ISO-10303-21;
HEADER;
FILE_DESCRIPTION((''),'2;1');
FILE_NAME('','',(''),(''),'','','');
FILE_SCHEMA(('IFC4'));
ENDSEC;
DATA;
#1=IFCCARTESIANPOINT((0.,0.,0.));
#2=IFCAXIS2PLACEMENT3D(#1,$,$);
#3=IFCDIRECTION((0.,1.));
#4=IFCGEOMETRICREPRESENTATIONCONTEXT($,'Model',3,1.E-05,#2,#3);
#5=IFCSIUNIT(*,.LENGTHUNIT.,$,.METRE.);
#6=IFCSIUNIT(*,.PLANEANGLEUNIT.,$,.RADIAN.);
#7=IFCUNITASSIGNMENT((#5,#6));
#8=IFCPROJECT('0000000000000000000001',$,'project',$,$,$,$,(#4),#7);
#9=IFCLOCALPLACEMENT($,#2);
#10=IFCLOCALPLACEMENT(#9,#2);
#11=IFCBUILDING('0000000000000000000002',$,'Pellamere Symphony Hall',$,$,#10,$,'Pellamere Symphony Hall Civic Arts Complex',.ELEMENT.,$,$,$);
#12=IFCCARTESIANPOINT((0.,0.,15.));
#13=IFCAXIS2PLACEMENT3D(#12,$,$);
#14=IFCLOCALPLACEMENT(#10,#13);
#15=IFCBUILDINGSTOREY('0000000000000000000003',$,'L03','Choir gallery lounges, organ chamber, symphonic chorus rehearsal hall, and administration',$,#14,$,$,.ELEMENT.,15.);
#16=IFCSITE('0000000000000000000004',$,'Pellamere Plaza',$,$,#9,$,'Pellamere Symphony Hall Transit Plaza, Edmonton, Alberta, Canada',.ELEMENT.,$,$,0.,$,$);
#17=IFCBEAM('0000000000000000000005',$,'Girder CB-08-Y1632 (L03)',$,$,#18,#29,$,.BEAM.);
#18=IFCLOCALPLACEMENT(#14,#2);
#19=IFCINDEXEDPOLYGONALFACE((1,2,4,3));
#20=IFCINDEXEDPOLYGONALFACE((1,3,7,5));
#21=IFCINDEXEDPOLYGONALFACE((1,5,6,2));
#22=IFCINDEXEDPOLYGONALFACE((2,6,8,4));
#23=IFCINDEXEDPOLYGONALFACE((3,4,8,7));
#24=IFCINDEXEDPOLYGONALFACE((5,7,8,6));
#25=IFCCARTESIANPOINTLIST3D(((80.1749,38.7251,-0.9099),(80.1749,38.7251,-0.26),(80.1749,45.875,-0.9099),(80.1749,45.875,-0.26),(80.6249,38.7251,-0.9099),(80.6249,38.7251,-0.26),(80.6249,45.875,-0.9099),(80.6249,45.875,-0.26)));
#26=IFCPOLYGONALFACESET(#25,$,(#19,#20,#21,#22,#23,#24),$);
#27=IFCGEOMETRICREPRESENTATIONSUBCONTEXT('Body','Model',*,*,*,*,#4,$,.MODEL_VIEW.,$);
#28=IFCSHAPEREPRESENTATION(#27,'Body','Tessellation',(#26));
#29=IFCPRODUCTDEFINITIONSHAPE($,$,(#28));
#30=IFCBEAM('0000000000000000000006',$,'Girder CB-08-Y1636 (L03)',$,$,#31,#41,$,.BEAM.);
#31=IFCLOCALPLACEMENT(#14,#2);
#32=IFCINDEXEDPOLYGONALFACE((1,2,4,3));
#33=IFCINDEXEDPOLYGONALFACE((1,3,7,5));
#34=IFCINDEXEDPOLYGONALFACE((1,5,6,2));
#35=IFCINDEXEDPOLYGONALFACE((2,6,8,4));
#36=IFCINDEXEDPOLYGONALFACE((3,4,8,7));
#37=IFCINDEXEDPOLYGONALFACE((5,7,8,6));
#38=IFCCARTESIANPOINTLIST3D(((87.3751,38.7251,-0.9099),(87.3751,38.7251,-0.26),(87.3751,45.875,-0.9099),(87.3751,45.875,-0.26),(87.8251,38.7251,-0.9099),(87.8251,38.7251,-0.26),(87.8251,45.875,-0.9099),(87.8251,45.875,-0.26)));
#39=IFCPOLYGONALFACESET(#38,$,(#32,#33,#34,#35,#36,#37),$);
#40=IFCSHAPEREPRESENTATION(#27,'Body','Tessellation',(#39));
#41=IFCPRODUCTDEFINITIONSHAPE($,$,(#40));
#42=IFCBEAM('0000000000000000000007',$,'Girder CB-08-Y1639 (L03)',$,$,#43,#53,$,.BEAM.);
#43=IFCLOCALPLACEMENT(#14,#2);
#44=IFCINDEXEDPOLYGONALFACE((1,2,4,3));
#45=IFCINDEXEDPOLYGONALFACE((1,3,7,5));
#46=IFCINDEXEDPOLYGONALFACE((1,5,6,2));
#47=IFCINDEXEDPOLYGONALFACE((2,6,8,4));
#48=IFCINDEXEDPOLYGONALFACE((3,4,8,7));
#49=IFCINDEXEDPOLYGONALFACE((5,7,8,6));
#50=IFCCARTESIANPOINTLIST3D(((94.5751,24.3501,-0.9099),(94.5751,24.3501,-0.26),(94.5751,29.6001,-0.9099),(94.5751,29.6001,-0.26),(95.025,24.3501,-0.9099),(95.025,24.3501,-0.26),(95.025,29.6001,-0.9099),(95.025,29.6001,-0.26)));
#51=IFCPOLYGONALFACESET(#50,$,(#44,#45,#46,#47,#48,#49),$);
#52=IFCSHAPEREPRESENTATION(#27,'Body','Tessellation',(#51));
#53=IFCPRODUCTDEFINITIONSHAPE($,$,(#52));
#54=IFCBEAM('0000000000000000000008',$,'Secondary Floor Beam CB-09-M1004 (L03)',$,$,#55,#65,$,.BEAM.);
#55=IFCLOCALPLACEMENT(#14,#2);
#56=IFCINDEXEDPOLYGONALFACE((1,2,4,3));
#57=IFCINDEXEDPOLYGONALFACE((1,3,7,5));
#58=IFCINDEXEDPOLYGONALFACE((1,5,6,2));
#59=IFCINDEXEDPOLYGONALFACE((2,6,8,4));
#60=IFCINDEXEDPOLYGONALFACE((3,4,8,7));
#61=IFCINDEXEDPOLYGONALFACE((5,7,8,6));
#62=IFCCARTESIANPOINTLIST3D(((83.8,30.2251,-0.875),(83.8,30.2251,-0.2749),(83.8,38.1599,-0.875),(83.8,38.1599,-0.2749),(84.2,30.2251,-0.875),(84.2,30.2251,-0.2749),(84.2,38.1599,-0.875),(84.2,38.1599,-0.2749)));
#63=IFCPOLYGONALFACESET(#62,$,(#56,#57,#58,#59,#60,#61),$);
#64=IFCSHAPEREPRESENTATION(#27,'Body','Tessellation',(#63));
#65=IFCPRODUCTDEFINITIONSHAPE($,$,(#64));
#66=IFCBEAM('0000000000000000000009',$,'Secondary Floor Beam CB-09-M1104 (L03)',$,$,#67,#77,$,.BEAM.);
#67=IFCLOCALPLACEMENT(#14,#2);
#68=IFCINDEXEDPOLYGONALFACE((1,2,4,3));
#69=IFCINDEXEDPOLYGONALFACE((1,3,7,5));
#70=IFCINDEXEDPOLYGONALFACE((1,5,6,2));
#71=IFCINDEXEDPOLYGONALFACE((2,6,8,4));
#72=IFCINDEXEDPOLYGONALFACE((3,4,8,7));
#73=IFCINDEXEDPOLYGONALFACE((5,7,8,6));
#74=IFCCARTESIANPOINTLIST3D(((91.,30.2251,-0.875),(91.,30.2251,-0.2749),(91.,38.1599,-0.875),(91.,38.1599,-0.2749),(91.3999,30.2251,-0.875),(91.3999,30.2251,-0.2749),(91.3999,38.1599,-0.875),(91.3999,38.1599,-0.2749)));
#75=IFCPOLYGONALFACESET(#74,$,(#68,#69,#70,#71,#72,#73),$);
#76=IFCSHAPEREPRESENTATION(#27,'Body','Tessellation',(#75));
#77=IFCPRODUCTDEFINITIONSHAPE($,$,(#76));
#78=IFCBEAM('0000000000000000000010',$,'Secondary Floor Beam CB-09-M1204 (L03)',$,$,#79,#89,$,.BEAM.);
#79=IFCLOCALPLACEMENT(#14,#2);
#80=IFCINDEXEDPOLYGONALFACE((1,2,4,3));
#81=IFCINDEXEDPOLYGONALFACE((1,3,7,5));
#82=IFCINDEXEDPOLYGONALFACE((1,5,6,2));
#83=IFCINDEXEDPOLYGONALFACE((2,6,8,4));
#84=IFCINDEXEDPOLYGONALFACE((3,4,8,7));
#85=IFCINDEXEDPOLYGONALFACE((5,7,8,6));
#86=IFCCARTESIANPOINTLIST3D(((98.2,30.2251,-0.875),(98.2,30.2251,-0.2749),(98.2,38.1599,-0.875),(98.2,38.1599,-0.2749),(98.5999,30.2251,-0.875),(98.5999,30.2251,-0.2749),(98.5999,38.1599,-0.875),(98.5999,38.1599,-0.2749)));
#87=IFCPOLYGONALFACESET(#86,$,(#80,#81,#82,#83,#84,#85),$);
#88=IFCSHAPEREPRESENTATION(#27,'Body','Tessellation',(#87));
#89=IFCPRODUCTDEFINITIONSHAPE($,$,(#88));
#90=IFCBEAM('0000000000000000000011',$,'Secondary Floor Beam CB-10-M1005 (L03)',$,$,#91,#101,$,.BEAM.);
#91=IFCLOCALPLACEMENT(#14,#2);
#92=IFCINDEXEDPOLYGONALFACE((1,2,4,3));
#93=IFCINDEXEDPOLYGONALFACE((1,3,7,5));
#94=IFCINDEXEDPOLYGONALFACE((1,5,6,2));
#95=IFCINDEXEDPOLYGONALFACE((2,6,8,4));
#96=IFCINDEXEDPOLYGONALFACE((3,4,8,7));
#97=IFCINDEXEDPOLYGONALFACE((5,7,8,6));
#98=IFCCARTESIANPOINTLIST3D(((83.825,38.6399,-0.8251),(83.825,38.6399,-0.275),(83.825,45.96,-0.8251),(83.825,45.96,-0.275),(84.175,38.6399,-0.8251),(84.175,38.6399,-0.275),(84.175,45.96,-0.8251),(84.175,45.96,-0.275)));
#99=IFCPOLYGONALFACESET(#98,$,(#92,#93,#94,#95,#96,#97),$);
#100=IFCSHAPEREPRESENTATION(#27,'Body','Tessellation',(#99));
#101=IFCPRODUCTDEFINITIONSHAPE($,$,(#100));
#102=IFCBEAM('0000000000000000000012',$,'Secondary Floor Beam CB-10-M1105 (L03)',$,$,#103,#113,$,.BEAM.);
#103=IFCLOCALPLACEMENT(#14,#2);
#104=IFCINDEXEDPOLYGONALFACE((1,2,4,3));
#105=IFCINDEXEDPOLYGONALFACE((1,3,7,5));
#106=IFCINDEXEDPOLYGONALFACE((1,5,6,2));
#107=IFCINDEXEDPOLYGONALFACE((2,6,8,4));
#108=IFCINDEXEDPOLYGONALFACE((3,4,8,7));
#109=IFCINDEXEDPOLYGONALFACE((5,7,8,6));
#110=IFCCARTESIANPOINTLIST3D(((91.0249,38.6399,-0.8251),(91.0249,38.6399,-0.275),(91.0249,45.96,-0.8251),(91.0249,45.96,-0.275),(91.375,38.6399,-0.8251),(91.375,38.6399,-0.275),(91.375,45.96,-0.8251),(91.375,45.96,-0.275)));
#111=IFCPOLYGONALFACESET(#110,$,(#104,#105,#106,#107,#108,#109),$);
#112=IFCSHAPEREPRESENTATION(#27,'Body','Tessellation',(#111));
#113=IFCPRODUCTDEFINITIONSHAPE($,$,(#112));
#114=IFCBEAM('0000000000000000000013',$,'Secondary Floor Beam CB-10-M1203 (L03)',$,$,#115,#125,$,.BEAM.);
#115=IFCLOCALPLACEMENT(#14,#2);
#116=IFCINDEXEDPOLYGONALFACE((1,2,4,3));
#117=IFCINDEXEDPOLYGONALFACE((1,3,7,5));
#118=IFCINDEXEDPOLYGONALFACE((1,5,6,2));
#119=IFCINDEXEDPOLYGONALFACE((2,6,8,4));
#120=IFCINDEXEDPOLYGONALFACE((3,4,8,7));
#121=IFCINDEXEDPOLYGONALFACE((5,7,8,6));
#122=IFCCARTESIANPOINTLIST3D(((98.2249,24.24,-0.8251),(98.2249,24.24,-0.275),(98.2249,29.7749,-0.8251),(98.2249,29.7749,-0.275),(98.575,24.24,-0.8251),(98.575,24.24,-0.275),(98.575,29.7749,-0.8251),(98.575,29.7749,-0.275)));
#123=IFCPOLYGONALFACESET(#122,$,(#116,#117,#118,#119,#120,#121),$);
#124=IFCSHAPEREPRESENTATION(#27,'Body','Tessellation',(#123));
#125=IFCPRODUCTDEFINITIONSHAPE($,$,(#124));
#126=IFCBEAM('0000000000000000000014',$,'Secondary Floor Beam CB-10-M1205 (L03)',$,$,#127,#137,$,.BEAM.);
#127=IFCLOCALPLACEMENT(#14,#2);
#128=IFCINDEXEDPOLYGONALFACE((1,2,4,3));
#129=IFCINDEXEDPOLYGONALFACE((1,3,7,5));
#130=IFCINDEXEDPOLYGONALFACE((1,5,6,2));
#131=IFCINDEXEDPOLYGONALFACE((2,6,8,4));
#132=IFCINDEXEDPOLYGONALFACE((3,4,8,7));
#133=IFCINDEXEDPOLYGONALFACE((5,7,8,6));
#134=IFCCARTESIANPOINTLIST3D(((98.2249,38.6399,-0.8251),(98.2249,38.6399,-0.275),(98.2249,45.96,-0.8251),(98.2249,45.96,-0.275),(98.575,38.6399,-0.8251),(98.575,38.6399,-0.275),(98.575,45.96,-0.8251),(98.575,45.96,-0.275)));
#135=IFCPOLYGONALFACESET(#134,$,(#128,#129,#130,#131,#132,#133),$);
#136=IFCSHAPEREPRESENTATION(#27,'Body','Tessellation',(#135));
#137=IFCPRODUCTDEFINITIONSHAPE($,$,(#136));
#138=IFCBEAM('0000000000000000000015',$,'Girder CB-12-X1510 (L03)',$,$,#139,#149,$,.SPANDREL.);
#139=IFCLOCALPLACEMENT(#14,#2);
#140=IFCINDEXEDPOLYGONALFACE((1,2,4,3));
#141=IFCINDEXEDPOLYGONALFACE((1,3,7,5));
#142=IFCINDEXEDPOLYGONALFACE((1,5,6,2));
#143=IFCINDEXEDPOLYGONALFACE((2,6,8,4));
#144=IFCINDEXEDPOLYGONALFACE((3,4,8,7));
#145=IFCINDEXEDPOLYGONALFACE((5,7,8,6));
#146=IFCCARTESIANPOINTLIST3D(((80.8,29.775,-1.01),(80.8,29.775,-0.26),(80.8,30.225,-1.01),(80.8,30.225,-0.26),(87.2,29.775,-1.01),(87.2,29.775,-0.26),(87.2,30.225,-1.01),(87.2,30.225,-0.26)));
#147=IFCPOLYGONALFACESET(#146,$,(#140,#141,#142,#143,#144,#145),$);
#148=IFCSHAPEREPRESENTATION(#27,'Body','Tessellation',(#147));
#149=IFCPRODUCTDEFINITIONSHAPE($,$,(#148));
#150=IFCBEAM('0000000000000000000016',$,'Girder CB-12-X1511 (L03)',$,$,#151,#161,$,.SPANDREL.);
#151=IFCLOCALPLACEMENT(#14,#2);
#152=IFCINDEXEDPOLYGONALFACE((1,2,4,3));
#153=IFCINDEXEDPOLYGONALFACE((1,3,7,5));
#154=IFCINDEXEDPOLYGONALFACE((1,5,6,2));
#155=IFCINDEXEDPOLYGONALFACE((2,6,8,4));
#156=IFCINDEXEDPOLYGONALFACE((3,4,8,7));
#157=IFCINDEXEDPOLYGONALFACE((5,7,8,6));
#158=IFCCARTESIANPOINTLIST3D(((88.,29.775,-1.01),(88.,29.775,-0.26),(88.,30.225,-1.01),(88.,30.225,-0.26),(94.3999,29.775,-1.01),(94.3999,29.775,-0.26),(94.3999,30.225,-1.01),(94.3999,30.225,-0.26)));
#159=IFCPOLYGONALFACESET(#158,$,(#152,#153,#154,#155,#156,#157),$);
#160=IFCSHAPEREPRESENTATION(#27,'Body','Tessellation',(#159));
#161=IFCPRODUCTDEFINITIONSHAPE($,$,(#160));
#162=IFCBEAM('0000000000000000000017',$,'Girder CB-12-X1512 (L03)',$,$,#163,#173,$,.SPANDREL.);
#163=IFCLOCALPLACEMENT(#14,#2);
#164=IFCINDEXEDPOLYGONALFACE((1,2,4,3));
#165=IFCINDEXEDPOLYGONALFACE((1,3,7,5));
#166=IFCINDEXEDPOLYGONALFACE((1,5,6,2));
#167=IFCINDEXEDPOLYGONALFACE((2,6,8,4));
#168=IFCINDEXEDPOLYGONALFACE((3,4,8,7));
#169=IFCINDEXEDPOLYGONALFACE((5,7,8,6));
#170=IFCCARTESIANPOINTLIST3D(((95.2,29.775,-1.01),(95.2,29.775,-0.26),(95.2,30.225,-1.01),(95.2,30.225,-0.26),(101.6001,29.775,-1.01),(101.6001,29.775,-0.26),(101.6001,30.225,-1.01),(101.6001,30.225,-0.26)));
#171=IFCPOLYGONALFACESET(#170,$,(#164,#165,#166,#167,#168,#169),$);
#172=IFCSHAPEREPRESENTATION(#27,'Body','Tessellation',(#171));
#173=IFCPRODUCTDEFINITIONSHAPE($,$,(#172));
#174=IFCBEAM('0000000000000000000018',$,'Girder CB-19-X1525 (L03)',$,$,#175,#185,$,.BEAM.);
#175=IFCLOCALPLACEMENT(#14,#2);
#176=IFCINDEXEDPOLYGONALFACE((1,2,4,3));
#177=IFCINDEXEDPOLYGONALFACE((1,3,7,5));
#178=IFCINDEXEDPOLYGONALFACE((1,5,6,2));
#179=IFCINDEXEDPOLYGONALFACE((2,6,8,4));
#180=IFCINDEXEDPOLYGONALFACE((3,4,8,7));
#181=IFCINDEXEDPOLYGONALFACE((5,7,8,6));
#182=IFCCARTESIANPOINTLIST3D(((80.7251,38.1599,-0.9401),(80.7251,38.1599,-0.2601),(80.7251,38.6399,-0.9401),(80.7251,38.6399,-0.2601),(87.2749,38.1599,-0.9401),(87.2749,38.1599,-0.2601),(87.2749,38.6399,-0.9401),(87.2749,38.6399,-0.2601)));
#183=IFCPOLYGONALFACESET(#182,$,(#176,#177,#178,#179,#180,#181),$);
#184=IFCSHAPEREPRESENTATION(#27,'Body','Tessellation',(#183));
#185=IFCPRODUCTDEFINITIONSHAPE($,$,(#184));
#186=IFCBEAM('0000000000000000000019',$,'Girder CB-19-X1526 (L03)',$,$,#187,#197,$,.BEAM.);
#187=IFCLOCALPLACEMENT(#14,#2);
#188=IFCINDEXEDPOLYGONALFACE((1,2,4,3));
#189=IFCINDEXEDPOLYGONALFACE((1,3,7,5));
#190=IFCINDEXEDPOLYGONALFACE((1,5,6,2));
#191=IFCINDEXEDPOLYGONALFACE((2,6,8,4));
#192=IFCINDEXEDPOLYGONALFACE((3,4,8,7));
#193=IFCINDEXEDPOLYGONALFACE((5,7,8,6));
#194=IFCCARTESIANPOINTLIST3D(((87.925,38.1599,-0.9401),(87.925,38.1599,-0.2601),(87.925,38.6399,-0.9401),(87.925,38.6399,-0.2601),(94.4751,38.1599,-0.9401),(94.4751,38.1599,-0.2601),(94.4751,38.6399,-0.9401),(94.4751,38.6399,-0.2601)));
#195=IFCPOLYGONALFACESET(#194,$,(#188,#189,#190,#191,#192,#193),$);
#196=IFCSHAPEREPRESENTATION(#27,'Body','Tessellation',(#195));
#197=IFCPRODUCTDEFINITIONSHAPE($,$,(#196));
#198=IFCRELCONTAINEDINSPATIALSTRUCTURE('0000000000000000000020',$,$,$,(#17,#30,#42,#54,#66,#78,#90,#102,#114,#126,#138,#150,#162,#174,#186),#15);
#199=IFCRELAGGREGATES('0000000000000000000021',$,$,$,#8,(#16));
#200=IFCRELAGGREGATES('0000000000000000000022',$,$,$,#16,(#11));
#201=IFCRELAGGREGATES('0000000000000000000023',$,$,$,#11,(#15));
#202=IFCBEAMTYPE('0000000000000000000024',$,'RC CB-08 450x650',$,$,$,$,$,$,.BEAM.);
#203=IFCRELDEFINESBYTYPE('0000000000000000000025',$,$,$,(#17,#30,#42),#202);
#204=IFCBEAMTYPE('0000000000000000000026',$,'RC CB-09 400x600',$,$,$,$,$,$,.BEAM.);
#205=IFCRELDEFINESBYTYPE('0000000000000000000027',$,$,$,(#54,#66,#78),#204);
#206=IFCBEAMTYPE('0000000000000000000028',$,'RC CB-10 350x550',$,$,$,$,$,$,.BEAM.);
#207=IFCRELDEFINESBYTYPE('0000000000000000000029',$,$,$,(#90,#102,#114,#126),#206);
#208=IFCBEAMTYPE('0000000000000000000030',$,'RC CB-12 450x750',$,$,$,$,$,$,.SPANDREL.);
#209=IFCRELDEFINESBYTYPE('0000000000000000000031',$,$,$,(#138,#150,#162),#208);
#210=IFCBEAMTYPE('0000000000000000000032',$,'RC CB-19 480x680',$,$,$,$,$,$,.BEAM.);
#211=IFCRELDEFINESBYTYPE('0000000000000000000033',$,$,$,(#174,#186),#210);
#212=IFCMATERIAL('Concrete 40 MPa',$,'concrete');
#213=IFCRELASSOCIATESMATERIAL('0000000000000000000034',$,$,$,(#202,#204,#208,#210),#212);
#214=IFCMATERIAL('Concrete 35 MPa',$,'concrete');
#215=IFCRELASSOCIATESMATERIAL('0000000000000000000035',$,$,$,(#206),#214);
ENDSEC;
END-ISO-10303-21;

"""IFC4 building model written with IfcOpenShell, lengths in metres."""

from ifc_helpers import new_model, si_unit, direction, frame, origin, origin_2d, place, context, subcontext, project, spatial, rectangle, extrude, material, material_profile, profile_set, type_object, element, save


model = new_model("IFC4")

# Units and contexts
model_context = context("Model", 3, precision=1e-05, world=origin(), true_north=direction((0.0, 1.0)))
body_context = subcontext(model_context, "Body", "Model", "MODEL_VIEW")
ifc_project = project(units=[si_unit("LENGTHUNIT", "METRE"), si_unit("PLANEANGLEUNIT", "RADIAN")], contexts=[model_context])

# Site, building, storey
site_placement = place(None, origin())
site = spatial("IfcSite", under=ifc_project, at=site_placement, Name="Pellamere Plaza", LongName="Pellamere Symphony Hall Transit Plaza, Edmonton, Alberta, Canada", CompositionType="ELEMENT", RefElevation=0.0)
building_placement = place(site_placement, origin())
building = spatial("IfcBuilding", under=site, at=building_placement, Name="Pellamere Symphony Hall", LongName="Pellamere Symphony Hall Civic Arts Complex", CompositionType="ELEMENT")
storey_placement = place(building_placement, frame((0.0, 0.0, 15.0)))
storey = spatial("IfcBuildingStorey", under=building, at=storey_placement, Name="L03", Description="Choir gallery lounges, organ chamber, symphonic chorus rehearsal hall, and administration", CompositionType="ELEMENT", Elevation=15.0)

# Shared definitions
ifc_material_1 = material(Name="Concrete 40 MPa", Category="concrete")

# Beams
ifc_material_profile_1 = material_profile(ifc_material_1, rectangle(XDim=0.45, YDim=0.6499, at=origin_2d()), Name="RC 450x650")
ifc_profile_set_1 = profile_set([ifc_material_profile_1], Name="Concrete 40 MPa")
beam_type_1 = type_object("IfcBeamType", Name="RC CB-08 450x650", PredefinedType="BEAM", material=ifc_profile_set_1)
for number, where, z_axis, x_axis, name in (
    (1, (80.3999, 38.7251, -0.585), (0.0, 1.0, 0.0), (-1.0, 0.0, 0.0), "Girder CB-08-Y1632 (L03)"),
    (2, (87.6001, 38.7251, -0.585), (0.0, 1.0, 0.0), (-1.0, 0.0, 0.0), "Girder CB-08-Y1636 (L03)"),
):
    element("IfcBeam", number, at=place(storey_placement, frame(where, z_axis=z_axis, x_axis=x_axis)), inside=storey, type_object=beam_type_1, Name=name, PredefinedType="BEAM", context=body_context, shape_type="SweptSolid", body=[
        extrude(rectangle(XDim=0.45, YDim=0.6499, at=origin_2d()), origin(), (0.0, 0.0, 1.0), 7.1499),
    ])
beam_1_placement = place(storey_placement, frame((94.8, 24.3501, -0.585), z_axis=(0.0, 1.0, 0.0), x_axis=(-1.0, 0.0, 0.0)))
element("IfcBeam", 3, at=beam_1_placement, inside=storey, type_object=beam_type_1, Name="Girder CB-08-Y1639 (L03)", PredefinedType="BEAM", context=body_context, shape_type="SweptSolid", body=[
    extrude(rectangle(XDim=0.45, YDim=0.6499, at=origin_2d()), origin(), (0.0, 0.0, 1.0), 5.25),
])
ifc_material_profile_2 = material_profile(ifc_material_1, rectangle(XDim=0.3999, YDim=0.6001, at=origin_2d()), Name="RC 400x600")
ifc_profile_set_2 = profile_set([ifc_material_profile_2], Name="Concrete 40 MPa")
beam_type_2 = type_object("IfcBeamType", Name="RC CB-09 400x600", PredefinedType="BEAM", material=ifc_profile_set_2)
for number, where, z_axis, x_axis, name in (
    (4, (84.0, 30.2251, -0.575), (0.0, 1.0, 0.0), (-1.0, 0.0, 0.0), "Secondary Floor Beam CB-09-M1004 (L03)"),
    (5, (91.2, 30.2251, -0.575), (0.0, 1.0, 0.0), (-1.0, 0.0, 0.0), "Secondary Floor Beam CB-09-M1104 (L03)"),
    (6, (98.3999, 30.2251, -0.575), (0.0, 1.0, 0.0), (-1.0, 0.0, 0.0), "Secondary Floor Beam CB-09-M1204 (L03)"),
):
    element("IfcBeam", number, at=place(storey_placement, frame(where, z_axis=z_axis, x_axis=x_axis)), inside=storey, type_object=beam_type_2, Name=name, PredefinedType="BEAM", context=body_context, shape_type="SweptSolid", body=[
        extrude(rectangle(XDim=0.3999, YDim=0.6001, at=origin_2d()), origin(), (0.0, 0.0, 1.0), 7.9348),
    ])
ifc_material_2 = material(Name="Concrete 35 MPa", Category="concrete")
ifc_material_profile_3 = material_profile(ifc_material_2, rectangle(XDim=0.3501, YDim=0.55, at=origin_2d()), Name="RC 350x550")
ifc_profile_set_3 = profile_set([ifc_material_profile_3], Name="Concrete 35 MPa")
beam_type_3 = type_object("IfcBeamType", Name="RC CB-10 350x550", PredefinedType="BEAM", material=ifc_profile_set_3)
for number, where, z_axis, x_axis, name in (
    (7, (84.0, 38.6399, -0.55), (0.0, 1.0, 0.0), (-1.0, 0.0, 0.0), "Secondary Floor Beam CB-10-M1005 (L03)"),
    (8, (91.2, 38.6399, -0.55), (0.0, 1.0, 0.0), (-1.0, 0.0, 0.0), "Secondary Floor Beam CB-10-M1105 (L03)"),
):
    element("IfcBeam", number, at=place(storey_placement, frame(where, z_axis=z_axis, x_axis=x_axis)), inside=storey, type_object=beam_type_3, Name=name, PredefinedType="BEAM", context=body_context, shape_type="SweptSolid", body=[
        extrude(rectangle(XDim=0.3501, YDim=0.55, at=origin_2d()), origin(), (0.0, 0.0, 1.0), 7.3201),
    ])
beam_2_placement = place(storey_placement, frame((98.3999, 24.24, -0.55), z_axis=(0.0, 1.0, 0.0), x_axis=(-1.0, 0.0, 0.0)))
element("IfcBeam", 9, at=beam_2_placement, inside=storey, type_object=beam_type_3, Name="Secondary Floor Beam CB-10-M1203 (L03)", PredefinedType="BEAM", context=body_context, shape_type="SweptSolid", body=[
    extrude(rectangle(XDim=0.3501, YDim=0.55, at=origin_2d()), origin(), (0.0, 0.0, 1.0), 5.5349),
])
beam_3_placement = place(storey_placement, frame((98.3999, 38.6399, -0.55), z_axis=(0.0, 1.0, 0.0), x_axis=(-1.0, 0.0, 0.0)))
element("IfcBeam", 10, at=beam_3_placement, inside=storey, type_object=beam_type_3, Name="Secondary Floor Beam CB-10-M1205 (L03)", PredefinedType="BEAM", context=body_context, shape_type="SweptSolid", body=[
    extrude(rectangle(XDim=0.3501, YDim=0.55, at=origin_2d()), origin(), (0.0, 0.0, 1.0), 7.3201),
])
ifc_material_profile_4 = material_profile(ifc_material_1, rectangle(XDim=0.45, YDim=0.75, at=origin_2d()), Name="RC 450x750")
ifc_profile_set_4 = profile_set([ifc_material_profile_4], Name="Concrete 40 MPa")
beam_type_4 = type_object("IfcBeamType", Name="RC CB-12 450x750", PredefinedType="SPANDREL", material=ifc_profile_set_4)
for number, where, z_axis, x_axis, name in (
    (11, (80.8, 30.0, -0.635), (1.0, 0.0, 0.0), (0.0, 1.0, 0.0), "Girder CB-12-X1510 (L03)"),
    (12, (88.0, 30.0, -0.635), (1.0, 0.0, 0.0), (0.0, 1.0, 0.0), "Girder CB-12-X1511 (L03)"),
):
    element("IfcBeam", number, at=place(storey_placement, frame(where, z_axis=z_axis, x_axis=x_axis)), inside=storey, type_object=beam_type_4, Name=name, PredefinedType="SPANDREL", context=body_context, shape_type="SweptSolid", body=[
        extrude(rectangle(XDim=0.45, YDim=0.75, at=origin_2d()), origin(), (0.0, 0.0, 1.0), 6.3999),
    ])
beam_4_placement = place(storey_placement, frame((95.2, 30.0, -0.635), z_axis=(1.0, 0.0, 0.0), x_axis=(0.0, 1.0, 0.0)))
element("IfcBeam", 13, at=beam_4_placement, inside=storey, type_object=beam_type_4, Name="Girder CB-12-X1512 (L03)", PredefinedType="SPANDREL", context=body_context, shape_type="SweptSolid", body=[
    extrude(rectangle(XDim=0.45, YDim=0.75, at=origin_2d()), origin(), (0.0, 0.0, 1.0), 6.4001),
])
ifc_material_profile_5 = material_profile(ifc_material_1, rectangle(XDim=0.48, YDim=0.6799, at=origin_2d()), Name="RC 480x680")
ifc_profile_set_5 = profile_set([ifc_material_profile_5], Name="Concrete 40 MPa")
beam_type_5 = type_object("IfcBeamType", Name="RC CB-19 480x680", PredefinedType="BEAM", material=ifc_profile_set_5)
beam_5_placement = place(storey_placement, frame((80.7251, 38.3999, -0.6001), z_axis=(1.0, 0.0, 0.0), x_axis=(0.0, 1.0, 0.0)))
element("IfcBeam", 14, at=beam_5_placement, inside=storey, type_object=beam_type_5, Name="Girder CB-19-X1525 (L03)", PredefinedType="BEAM", context=body_context, shape_type="SweptSolid", body=[
    extrude(rectangle(XDim=0.48, YDim=0.6799, at=origin_2d()), origin(), (0.0, 0.0, 1.0), 6.5498),
])
for number, where, z_axis, x_axis, name in (
    (15, (87.925, 38.3999, -0.6001), (1.0, 0.0, 0.0), (0.0, 1.0, 0.0), "Girder CB-19-X1526 (L03)"),
):
    element("IfcBeam", number, at=place(storey_placement, frame(where, z_axis=z_axis, x_axis=x_axis)), inside=storey, type_object=beam_type_5, Name=name, PredefinedType="BEAM", context=body_context, shape_type="SweptSolid", body=[
        extrude(rectangle(XDim=0.48, YDim=0.6799, at=origin_2d()), origin(), (0.0, 0.0, 1.0), 6.55),
    ])

save(model, "model.ifc")
